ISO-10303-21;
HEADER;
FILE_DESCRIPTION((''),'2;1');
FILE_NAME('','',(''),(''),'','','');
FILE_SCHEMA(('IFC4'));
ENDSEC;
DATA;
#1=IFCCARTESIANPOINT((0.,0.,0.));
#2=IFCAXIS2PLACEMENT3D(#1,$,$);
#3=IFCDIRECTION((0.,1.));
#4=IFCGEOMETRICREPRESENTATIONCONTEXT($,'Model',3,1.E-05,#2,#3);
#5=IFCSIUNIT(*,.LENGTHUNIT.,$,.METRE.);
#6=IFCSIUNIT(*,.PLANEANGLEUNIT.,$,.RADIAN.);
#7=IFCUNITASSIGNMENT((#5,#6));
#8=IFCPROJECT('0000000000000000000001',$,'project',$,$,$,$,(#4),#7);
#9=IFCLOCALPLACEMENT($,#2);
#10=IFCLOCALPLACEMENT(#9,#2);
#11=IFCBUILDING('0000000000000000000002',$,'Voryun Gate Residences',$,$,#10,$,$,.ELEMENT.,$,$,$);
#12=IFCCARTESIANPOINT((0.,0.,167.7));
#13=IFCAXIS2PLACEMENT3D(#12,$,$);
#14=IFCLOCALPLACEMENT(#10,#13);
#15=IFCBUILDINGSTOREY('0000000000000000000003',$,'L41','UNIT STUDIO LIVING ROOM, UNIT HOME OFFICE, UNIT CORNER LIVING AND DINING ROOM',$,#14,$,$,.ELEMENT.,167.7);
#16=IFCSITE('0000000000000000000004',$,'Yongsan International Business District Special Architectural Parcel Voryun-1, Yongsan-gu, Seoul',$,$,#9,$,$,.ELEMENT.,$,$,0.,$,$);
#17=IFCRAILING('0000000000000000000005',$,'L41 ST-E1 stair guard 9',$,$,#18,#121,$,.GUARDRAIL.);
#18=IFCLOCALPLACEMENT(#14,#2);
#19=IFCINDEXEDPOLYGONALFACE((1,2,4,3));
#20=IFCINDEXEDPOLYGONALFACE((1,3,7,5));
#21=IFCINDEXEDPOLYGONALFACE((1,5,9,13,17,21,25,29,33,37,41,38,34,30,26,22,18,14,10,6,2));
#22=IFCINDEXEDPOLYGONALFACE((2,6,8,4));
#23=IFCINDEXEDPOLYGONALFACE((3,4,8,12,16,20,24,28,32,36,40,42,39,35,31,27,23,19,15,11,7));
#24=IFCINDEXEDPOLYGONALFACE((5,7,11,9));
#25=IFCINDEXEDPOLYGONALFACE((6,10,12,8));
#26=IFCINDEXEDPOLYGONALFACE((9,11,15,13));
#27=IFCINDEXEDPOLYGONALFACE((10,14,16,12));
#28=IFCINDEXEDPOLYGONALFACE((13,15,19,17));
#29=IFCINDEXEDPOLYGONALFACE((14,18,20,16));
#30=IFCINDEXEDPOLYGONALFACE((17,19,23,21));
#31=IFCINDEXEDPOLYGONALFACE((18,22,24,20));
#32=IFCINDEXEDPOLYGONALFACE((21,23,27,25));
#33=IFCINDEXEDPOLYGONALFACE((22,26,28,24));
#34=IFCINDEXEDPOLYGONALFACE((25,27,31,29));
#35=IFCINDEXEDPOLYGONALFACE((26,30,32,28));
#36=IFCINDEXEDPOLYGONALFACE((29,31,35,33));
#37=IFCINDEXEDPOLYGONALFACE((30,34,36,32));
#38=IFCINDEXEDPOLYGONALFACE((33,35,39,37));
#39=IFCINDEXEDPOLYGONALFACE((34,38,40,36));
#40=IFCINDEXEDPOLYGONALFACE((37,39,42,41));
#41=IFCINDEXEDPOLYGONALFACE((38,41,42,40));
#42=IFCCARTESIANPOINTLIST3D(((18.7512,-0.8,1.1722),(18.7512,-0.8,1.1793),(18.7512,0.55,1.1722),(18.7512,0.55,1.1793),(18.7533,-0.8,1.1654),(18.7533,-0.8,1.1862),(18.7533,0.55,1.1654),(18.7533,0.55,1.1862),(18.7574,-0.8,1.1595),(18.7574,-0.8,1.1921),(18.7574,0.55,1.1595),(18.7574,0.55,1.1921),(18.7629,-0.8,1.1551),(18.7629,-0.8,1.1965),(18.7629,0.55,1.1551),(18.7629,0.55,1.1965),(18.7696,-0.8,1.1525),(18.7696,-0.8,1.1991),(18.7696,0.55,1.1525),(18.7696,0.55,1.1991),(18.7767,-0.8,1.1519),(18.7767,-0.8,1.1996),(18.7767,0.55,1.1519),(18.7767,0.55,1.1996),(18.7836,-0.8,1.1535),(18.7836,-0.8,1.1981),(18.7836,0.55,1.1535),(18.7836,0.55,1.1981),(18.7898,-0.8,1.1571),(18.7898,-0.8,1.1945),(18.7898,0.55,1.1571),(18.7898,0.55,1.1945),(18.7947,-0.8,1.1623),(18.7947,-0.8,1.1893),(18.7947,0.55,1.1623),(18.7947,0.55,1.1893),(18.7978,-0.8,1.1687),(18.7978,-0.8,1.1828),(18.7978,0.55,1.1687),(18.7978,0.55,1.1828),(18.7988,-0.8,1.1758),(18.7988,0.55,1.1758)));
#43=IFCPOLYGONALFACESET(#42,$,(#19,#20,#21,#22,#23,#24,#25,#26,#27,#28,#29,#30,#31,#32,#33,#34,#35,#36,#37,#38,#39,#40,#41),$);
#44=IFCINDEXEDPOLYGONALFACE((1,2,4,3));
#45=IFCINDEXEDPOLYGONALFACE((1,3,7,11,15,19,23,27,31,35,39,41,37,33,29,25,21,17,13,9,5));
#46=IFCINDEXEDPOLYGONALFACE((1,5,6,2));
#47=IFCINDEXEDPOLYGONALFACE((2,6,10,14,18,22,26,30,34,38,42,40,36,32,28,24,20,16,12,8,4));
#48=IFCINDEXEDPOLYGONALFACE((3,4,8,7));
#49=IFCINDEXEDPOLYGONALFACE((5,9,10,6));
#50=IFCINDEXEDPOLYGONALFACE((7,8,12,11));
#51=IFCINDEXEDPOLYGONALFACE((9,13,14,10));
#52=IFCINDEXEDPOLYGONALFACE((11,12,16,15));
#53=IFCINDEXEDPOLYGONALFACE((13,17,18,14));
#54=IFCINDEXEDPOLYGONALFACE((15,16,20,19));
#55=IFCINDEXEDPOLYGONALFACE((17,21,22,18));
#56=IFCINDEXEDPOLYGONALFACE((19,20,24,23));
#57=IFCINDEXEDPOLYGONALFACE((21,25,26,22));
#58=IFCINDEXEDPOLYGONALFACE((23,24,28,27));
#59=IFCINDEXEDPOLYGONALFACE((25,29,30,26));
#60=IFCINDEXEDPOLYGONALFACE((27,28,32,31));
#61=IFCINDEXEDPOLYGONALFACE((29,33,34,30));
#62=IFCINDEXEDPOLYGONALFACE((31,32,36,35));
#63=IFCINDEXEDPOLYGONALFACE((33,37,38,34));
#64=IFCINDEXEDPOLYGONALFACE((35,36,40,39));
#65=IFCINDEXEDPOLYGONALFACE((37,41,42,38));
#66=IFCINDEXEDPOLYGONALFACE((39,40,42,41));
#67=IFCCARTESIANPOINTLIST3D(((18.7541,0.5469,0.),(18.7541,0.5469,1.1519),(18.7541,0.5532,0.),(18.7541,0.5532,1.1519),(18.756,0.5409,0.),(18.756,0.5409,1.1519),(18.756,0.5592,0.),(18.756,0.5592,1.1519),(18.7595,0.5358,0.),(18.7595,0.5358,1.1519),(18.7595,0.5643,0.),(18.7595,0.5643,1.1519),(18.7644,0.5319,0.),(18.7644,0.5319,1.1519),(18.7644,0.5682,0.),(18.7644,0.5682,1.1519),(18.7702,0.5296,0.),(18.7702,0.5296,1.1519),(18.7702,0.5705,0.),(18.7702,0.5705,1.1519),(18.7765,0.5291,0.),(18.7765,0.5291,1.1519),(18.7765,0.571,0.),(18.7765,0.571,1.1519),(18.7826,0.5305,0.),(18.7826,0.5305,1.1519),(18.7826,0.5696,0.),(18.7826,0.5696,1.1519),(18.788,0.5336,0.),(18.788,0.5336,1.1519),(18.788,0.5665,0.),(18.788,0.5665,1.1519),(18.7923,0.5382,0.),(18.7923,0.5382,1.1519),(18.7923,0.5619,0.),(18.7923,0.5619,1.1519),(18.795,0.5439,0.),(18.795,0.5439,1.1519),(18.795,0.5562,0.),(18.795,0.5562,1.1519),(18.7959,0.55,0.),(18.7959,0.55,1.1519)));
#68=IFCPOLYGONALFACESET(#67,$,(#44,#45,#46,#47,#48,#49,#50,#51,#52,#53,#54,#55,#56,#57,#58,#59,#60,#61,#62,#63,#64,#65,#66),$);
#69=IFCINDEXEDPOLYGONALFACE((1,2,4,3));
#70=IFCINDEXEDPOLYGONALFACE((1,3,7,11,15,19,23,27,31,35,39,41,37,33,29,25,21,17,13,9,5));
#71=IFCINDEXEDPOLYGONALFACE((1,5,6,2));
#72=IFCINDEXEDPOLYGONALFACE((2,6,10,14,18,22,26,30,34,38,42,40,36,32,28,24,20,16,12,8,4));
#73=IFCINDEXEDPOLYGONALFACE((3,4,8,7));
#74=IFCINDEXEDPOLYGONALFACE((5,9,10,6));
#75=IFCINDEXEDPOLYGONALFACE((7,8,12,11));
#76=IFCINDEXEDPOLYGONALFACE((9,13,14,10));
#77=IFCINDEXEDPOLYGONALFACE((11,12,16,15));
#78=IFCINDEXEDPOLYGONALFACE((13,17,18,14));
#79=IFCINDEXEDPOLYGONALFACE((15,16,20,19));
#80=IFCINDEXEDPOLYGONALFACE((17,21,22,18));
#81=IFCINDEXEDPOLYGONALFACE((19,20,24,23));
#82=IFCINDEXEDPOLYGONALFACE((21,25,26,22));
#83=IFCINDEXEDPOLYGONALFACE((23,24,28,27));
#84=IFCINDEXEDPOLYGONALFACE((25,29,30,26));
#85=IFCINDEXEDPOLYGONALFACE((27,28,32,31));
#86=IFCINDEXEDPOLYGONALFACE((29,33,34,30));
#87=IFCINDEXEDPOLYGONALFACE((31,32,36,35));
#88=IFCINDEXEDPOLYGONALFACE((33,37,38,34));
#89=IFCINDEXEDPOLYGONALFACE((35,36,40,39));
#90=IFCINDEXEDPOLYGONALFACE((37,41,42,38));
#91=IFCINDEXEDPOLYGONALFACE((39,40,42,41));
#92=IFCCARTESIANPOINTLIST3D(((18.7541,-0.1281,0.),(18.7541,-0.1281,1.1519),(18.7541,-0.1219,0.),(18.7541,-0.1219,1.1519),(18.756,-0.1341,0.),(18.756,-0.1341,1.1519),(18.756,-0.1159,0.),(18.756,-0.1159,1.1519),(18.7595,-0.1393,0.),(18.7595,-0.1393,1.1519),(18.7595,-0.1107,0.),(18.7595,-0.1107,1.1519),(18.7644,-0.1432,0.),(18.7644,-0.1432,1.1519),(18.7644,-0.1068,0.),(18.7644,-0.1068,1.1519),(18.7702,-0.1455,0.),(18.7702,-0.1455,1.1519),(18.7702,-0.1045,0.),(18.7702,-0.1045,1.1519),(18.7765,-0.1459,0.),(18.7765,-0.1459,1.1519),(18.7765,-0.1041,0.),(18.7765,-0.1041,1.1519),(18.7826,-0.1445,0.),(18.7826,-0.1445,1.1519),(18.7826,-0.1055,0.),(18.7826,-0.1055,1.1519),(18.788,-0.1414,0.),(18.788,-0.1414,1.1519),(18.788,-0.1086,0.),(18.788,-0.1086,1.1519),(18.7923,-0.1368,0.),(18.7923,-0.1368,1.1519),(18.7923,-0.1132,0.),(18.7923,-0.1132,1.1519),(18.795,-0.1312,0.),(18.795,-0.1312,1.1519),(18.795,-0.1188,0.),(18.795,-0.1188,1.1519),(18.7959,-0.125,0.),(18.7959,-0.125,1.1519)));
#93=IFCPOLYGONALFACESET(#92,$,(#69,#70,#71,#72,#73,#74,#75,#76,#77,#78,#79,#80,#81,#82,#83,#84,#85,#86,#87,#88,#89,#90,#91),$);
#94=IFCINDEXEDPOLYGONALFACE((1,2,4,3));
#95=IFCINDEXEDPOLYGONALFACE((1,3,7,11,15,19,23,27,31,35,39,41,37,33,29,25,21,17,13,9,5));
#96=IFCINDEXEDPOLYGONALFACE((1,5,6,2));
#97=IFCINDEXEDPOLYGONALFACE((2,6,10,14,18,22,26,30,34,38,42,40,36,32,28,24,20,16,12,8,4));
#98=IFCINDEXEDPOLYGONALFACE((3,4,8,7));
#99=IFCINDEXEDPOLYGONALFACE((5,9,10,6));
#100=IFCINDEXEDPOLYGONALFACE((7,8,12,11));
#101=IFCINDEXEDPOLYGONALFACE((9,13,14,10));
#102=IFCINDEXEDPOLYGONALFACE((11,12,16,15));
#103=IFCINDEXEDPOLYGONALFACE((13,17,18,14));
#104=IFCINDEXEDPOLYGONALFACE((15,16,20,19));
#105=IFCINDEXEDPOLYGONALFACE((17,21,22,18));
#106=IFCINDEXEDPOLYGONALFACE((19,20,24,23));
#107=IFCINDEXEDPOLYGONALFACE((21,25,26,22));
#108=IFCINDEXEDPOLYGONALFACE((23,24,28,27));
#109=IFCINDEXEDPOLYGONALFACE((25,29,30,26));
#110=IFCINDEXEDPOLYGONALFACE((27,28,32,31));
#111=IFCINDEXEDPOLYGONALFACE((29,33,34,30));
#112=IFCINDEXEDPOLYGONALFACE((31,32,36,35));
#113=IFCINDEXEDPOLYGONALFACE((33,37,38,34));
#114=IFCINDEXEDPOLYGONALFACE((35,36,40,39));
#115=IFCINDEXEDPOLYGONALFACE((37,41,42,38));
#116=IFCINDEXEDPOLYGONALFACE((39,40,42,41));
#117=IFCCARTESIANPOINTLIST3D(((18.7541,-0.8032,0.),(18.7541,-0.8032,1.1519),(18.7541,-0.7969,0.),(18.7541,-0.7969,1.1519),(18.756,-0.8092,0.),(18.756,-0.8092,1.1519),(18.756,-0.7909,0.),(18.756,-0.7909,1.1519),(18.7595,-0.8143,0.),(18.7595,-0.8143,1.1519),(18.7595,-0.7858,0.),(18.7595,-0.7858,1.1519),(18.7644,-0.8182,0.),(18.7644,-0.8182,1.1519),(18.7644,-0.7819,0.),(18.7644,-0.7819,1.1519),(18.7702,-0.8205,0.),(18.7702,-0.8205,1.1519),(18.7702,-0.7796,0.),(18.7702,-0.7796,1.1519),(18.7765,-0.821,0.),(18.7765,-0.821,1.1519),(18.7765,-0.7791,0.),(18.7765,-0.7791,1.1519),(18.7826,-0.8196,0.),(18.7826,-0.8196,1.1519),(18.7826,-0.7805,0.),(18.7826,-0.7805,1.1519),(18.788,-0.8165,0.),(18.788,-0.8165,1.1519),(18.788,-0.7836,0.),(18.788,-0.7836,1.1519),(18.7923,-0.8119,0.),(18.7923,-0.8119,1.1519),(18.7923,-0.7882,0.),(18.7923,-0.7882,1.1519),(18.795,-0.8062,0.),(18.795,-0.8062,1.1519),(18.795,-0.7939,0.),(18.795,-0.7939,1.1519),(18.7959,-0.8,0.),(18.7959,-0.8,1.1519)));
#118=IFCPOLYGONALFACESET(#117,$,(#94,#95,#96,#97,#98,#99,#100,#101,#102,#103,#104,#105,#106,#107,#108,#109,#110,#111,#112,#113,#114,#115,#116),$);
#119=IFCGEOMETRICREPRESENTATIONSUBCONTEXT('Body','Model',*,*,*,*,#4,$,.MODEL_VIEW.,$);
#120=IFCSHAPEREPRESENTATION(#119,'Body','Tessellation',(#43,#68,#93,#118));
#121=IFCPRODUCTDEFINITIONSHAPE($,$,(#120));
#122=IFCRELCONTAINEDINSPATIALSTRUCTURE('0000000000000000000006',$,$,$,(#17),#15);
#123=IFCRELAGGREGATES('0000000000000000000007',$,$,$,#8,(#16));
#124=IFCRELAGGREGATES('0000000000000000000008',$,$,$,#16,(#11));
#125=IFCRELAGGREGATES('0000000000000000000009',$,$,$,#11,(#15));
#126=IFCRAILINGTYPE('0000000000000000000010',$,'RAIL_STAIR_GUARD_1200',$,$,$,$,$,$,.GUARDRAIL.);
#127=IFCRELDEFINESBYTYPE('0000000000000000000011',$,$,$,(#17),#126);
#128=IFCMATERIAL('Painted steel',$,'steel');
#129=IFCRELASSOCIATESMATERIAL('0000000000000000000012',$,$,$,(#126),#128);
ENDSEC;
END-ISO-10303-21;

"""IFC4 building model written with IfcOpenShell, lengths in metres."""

from ifc_helpers import new_model, si_unit, direction, frame, origin, origin_2d, place, context, subcontext, project, spatial, circle, extrude, material, type_object, element, save


model = new_model("IFC4")

# Units and contexts
model_context = context("Model", 3, precision=1e-05, world=origin(), true_north=direction((0.0, 1.0)))
body_context = subcontext(model_context, "Body", "Model", "MODEL_VIEW")
ifc_project = project(units=[si_unit("LENGTHUNIT", "METRE"), si_unit("PLANEANGLEUNIT", "RADIAN")], contexts=[model_context])

# Site, building, storey
site_placement = place(None, origin())
site = spatial("IfcSite", under=ifc_project, at=site_placement, Name="Yongsan International Business District Special Architectural Parcel Voryun-1, Yongsan-gu, Seoul", CompositionType="ELEMENT", RefElevation=0.0)
building_placement = place(site_placement, origin())
building = spatial("IfcBuilding", under=site, at=building_placement, Name="Voryun Gate Residences", CompositionType="ELEMENT")
storey_placement = place(building_placement, frame((0.0, 0.0, 167.7)))
storey = spatial("IfcBuildingStorey", under=building, at=storey_placement, Name="L41", Description="UNIT STUDIO LIVING ROOM, UNIT HOME OFFICE, UNIT CORNER LIVING AND DINING ROOM", CompositionType="ELEMENT", Elevation=167.7)

# Railing
ifc_material_1 = material(Name="Painted steel", Category="steel")
railing_type_1 = type_object("IfcRailingType", Name="RAIL_STAIR_GUARD_1200", PredefinedType="GUARDRAIL", material=ifc_material_1)
for number, where, name in (
    (1, (18.7749, 0.55, 0.0), "L41 ST-E1 stair guard 9"),
):
    element("IfcRailing", number, at=place(storey_placement, frame(where)), inside=storey, type_object=railing_type_1, Name=name, PredefinedType="GUARDRAIL", context=body_context, shape_type="SweptSolid", body=[
        extrude(circle(Radius=0.0239, at=origin_2d()), frame((0.0, 0.0, 1.1758), z_axis=(0.0, -1.0, 0.0), x_axis=(1.0, 0.0, 0.0)), (0.0, 0.0, 1.0), 1.3501),
        extrude(circle(Radius=0.021, at=origin_2d()), origin(), (0.0, 0.0, 1.0), 1.1519),
        extrude(circle(Radius=0.021, at=origin_2d()), frame((0.0, -0.675, 0.0)), (0.0, 0.0, 1.0), 1.1519),
        extrude(circle(Radius=0.021, at=origin_2d()), frame((0.0, -1.3501, 0.0)), (0.0, 0.0, 1.0), 1.1519),
    ])

save(model, "model.ifc")
